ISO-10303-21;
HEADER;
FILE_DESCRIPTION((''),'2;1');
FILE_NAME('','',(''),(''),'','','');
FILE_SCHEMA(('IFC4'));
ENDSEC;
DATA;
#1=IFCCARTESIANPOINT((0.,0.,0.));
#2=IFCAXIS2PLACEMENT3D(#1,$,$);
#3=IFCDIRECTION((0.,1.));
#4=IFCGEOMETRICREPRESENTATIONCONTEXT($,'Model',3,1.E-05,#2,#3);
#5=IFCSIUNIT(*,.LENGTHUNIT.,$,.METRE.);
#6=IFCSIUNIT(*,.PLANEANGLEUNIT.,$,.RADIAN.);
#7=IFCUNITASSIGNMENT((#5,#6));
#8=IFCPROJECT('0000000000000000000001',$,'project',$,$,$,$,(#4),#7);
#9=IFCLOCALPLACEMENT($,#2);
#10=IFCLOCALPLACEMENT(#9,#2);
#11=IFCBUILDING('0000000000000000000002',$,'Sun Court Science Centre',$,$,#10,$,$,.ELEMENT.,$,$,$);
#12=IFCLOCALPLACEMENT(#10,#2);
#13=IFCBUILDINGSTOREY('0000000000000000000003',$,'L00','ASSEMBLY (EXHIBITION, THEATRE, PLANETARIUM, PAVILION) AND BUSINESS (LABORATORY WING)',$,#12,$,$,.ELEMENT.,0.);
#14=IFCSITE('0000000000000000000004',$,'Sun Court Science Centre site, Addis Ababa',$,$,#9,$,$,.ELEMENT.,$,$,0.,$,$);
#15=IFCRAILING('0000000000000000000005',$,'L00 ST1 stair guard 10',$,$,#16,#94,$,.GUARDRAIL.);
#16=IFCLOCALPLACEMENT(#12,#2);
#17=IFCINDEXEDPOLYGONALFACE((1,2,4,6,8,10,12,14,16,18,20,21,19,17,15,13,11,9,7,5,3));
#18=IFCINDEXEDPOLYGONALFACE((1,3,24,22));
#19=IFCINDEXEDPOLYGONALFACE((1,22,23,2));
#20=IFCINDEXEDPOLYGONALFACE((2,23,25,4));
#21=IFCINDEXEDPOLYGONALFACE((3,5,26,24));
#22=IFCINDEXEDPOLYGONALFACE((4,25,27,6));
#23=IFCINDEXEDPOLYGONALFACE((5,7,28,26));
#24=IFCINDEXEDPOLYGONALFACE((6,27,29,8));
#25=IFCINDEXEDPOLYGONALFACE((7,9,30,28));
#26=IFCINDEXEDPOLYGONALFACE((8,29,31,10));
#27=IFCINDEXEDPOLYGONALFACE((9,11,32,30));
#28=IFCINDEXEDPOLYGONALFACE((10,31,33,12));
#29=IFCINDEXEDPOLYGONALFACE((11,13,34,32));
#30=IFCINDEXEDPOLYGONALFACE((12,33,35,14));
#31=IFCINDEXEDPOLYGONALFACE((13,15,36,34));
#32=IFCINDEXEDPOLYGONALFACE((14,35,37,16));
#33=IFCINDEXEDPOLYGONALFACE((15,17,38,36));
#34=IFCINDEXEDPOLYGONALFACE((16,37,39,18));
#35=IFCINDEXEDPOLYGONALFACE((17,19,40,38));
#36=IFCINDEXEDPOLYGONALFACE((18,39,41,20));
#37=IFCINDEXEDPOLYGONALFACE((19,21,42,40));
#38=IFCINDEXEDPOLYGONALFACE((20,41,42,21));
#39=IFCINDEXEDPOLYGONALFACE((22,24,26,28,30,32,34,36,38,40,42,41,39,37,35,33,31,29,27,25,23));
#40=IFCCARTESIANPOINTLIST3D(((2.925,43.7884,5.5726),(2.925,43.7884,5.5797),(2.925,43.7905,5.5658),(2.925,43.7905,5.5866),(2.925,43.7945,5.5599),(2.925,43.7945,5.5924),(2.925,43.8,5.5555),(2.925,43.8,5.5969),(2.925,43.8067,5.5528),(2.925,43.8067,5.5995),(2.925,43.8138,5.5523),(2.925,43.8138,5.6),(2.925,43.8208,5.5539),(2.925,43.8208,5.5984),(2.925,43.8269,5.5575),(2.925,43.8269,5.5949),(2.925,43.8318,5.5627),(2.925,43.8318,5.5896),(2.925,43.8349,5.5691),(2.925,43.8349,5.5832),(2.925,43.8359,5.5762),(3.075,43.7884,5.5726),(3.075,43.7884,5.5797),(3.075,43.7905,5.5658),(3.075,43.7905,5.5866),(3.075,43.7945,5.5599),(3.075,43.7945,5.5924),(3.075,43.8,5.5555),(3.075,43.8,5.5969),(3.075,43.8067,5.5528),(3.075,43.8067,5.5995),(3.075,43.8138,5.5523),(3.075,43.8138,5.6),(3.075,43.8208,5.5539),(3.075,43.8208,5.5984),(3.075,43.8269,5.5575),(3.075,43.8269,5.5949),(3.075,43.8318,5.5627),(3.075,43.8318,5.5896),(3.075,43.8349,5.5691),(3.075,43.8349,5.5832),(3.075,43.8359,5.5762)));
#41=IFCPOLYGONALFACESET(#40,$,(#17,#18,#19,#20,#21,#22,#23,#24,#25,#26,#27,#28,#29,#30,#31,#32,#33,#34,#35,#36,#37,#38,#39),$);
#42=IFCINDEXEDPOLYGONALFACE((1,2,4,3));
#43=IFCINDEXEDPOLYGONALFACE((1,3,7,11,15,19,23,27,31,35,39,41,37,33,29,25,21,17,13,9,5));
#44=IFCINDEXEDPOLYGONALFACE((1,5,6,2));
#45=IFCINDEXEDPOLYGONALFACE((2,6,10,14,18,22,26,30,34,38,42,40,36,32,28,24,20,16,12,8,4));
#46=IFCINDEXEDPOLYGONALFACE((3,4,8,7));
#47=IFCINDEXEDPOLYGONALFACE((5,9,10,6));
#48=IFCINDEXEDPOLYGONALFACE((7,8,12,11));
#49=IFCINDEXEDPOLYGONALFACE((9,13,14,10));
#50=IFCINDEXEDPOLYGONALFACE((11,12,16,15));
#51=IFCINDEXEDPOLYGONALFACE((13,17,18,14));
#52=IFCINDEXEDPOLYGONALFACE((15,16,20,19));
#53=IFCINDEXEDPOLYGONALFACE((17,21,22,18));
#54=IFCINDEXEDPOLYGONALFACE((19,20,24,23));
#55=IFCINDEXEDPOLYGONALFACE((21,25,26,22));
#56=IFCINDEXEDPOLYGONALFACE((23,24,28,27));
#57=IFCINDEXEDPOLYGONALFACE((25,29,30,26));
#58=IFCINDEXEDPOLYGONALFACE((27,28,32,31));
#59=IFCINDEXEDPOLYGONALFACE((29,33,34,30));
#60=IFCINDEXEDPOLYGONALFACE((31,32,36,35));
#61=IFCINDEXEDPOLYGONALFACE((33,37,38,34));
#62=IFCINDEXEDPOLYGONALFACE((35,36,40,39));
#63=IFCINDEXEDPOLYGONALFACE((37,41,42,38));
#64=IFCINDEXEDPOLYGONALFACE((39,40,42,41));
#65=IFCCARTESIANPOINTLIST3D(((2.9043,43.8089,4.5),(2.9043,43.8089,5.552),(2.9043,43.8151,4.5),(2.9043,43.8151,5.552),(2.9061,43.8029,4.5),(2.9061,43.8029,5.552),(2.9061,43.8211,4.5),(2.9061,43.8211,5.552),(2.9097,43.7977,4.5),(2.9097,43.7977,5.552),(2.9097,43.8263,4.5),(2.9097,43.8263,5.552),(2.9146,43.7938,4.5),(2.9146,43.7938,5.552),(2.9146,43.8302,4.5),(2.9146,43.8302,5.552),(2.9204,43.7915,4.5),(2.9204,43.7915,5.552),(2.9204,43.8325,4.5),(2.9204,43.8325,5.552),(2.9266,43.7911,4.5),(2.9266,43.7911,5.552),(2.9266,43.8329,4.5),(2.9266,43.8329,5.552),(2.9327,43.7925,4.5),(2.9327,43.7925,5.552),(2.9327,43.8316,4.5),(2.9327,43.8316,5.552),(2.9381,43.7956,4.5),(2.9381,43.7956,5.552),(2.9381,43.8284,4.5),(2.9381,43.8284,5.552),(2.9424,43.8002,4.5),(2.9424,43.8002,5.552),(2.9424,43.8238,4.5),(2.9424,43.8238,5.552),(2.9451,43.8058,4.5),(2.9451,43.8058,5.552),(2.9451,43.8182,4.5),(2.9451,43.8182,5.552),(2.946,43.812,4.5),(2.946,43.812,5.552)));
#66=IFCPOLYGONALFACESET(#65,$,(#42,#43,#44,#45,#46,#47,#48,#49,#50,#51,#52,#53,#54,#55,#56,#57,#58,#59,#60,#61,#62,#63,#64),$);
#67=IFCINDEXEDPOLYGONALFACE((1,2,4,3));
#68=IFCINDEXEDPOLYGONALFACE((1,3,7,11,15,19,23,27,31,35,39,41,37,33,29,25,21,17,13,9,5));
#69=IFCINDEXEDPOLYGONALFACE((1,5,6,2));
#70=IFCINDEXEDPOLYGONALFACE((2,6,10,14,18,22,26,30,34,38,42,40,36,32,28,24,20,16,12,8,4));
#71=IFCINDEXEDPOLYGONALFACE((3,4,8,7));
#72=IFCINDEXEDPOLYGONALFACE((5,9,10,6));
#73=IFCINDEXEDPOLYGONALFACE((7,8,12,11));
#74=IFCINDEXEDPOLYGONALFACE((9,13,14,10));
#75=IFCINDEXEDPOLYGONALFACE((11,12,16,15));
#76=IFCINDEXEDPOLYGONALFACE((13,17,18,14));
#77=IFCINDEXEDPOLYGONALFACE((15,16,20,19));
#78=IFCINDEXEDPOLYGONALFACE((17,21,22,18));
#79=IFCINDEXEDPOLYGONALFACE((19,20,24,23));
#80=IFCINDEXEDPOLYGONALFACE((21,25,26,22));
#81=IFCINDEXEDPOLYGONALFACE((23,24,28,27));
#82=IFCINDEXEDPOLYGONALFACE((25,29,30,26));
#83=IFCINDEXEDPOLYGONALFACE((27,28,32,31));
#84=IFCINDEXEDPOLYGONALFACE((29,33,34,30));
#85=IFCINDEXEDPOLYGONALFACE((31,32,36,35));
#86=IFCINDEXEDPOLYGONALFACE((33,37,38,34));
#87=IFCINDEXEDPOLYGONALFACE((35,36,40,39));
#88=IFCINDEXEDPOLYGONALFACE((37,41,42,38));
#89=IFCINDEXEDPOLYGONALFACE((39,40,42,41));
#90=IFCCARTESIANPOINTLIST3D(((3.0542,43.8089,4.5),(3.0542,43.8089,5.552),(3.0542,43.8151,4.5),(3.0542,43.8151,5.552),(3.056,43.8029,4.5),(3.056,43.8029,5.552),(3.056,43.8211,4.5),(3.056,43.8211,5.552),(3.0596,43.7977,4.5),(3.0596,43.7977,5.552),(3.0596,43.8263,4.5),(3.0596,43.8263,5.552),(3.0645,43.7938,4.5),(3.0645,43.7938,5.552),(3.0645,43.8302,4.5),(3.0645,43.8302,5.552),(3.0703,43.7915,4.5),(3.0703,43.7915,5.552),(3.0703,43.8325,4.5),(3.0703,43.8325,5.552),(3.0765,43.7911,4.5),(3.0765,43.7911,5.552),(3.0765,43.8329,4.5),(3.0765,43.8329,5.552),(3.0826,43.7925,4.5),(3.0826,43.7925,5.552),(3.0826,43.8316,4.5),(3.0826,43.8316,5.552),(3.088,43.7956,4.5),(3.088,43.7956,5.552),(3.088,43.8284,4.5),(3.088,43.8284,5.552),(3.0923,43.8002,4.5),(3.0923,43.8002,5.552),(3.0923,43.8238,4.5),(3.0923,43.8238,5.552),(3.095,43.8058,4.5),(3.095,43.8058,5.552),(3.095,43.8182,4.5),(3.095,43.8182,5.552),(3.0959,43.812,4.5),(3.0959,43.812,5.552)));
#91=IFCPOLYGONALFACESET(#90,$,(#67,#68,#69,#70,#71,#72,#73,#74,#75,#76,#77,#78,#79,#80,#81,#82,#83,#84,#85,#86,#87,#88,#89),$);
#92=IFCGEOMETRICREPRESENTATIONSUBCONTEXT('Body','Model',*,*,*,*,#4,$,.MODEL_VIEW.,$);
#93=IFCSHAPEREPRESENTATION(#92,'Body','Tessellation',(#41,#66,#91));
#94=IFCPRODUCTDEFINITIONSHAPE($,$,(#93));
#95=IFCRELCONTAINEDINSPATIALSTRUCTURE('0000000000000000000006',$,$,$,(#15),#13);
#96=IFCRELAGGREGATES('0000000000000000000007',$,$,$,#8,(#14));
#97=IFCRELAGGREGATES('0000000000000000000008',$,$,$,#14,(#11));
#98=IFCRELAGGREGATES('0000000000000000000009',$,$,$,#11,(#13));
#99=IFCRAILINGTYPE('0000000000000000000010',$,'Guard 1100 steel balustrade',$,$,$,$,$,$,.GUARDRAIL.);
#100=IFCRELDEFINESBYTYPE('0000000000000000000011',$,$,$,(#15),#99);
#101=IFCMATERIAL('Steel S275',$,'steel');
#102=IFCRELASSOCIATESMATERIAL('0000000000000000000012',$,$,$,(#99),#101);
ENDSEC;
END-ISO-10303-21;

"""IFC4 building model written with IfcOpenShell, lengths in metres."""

from ifc_helpers import new_model, si_unit, direction, frame, origin, origin_2d, place, context, subcontext, project, spatial, circle, extrude, material, type_object, element, save


model = new_model("IFC4")

# Units and contexts
model_context = context("Model", 3, precision=1e-05, world=origin(), true_north=direction((0.0, 1.0)))
body_context = subcontext(model_context, "Body", "Model", "MODEL_VIEW")
ifc_project = project(units=[si_unit("LENGTHUNIT", "METRE"), si_unit("PLANEANGLEUNIT", "RADIAN")], contexts=[model_context])

# Site, building, storey
site_placement = place(None, origin())
site = spatial("IfcSite", under=ifc_project, at=site_placement, Name="Sun Court Science Centre site, Addis Ababa", CompositionType="ELEMENT", RefElevation=0.0)
building_placement = place(site_placement, origin())
building = spatial("IfcBuilding", under=site, at=building_placement, Name="Sun Court Science Centre", CompositionType="ELEMENT")
storey_placement = place(building_placement, origin())
storey = spatial("IfcBuildingStorey", under=building, at=storey_placement, Name="L00", Description="ASSEMBLY (EXHIBITION, THEATRE, PLANETARIUM, PAVILION) AND BUSINESS (LABORATORY WING)", CompositionType="ELEMENT", Elevation=0.0)

# Railing
ifc_material_1 = material(Name="Steel S275", Category="steel")
railing_type_1 = type_object("IfcRailingType", Name="Guard 1100 steel balustrade", PredefinedType="GUARDRAIL", material=ifc_material_1)
railing_1_placement = place(storey_placement, frame((2.925, 43.812, 4.5)))
element("IfcRailing", 1, at=railing_1_placement, inside=storey, type_object=railing_type_1, Name="L00 ST1 stair guard 10", PredefinedType="GUARDRAIL", context=body_context, shape_type="SweptSolid", body=[
    extrude(circle(Radius=0.0239, at=origin_2d()), frame((0.0, 0.0, 1.0762), z_axis=(1.0, 0.0, 0.0), x_axis=(0.0, 1.0, 0.0)), (0.0, 0.0, 1.0), 0.1499),
    extrude(circle(Radius=0.021, at=origin_2d()), origin(), (0.0, 0.0, 1.0), 1.052),
    extrude(circle(Radius=0.021, at=origin_2d()), frame((0.1499, 0.0, 0.0)), (0.0, 0.0, 1.0), 1.052),
])

save(model, "model.ifc")
